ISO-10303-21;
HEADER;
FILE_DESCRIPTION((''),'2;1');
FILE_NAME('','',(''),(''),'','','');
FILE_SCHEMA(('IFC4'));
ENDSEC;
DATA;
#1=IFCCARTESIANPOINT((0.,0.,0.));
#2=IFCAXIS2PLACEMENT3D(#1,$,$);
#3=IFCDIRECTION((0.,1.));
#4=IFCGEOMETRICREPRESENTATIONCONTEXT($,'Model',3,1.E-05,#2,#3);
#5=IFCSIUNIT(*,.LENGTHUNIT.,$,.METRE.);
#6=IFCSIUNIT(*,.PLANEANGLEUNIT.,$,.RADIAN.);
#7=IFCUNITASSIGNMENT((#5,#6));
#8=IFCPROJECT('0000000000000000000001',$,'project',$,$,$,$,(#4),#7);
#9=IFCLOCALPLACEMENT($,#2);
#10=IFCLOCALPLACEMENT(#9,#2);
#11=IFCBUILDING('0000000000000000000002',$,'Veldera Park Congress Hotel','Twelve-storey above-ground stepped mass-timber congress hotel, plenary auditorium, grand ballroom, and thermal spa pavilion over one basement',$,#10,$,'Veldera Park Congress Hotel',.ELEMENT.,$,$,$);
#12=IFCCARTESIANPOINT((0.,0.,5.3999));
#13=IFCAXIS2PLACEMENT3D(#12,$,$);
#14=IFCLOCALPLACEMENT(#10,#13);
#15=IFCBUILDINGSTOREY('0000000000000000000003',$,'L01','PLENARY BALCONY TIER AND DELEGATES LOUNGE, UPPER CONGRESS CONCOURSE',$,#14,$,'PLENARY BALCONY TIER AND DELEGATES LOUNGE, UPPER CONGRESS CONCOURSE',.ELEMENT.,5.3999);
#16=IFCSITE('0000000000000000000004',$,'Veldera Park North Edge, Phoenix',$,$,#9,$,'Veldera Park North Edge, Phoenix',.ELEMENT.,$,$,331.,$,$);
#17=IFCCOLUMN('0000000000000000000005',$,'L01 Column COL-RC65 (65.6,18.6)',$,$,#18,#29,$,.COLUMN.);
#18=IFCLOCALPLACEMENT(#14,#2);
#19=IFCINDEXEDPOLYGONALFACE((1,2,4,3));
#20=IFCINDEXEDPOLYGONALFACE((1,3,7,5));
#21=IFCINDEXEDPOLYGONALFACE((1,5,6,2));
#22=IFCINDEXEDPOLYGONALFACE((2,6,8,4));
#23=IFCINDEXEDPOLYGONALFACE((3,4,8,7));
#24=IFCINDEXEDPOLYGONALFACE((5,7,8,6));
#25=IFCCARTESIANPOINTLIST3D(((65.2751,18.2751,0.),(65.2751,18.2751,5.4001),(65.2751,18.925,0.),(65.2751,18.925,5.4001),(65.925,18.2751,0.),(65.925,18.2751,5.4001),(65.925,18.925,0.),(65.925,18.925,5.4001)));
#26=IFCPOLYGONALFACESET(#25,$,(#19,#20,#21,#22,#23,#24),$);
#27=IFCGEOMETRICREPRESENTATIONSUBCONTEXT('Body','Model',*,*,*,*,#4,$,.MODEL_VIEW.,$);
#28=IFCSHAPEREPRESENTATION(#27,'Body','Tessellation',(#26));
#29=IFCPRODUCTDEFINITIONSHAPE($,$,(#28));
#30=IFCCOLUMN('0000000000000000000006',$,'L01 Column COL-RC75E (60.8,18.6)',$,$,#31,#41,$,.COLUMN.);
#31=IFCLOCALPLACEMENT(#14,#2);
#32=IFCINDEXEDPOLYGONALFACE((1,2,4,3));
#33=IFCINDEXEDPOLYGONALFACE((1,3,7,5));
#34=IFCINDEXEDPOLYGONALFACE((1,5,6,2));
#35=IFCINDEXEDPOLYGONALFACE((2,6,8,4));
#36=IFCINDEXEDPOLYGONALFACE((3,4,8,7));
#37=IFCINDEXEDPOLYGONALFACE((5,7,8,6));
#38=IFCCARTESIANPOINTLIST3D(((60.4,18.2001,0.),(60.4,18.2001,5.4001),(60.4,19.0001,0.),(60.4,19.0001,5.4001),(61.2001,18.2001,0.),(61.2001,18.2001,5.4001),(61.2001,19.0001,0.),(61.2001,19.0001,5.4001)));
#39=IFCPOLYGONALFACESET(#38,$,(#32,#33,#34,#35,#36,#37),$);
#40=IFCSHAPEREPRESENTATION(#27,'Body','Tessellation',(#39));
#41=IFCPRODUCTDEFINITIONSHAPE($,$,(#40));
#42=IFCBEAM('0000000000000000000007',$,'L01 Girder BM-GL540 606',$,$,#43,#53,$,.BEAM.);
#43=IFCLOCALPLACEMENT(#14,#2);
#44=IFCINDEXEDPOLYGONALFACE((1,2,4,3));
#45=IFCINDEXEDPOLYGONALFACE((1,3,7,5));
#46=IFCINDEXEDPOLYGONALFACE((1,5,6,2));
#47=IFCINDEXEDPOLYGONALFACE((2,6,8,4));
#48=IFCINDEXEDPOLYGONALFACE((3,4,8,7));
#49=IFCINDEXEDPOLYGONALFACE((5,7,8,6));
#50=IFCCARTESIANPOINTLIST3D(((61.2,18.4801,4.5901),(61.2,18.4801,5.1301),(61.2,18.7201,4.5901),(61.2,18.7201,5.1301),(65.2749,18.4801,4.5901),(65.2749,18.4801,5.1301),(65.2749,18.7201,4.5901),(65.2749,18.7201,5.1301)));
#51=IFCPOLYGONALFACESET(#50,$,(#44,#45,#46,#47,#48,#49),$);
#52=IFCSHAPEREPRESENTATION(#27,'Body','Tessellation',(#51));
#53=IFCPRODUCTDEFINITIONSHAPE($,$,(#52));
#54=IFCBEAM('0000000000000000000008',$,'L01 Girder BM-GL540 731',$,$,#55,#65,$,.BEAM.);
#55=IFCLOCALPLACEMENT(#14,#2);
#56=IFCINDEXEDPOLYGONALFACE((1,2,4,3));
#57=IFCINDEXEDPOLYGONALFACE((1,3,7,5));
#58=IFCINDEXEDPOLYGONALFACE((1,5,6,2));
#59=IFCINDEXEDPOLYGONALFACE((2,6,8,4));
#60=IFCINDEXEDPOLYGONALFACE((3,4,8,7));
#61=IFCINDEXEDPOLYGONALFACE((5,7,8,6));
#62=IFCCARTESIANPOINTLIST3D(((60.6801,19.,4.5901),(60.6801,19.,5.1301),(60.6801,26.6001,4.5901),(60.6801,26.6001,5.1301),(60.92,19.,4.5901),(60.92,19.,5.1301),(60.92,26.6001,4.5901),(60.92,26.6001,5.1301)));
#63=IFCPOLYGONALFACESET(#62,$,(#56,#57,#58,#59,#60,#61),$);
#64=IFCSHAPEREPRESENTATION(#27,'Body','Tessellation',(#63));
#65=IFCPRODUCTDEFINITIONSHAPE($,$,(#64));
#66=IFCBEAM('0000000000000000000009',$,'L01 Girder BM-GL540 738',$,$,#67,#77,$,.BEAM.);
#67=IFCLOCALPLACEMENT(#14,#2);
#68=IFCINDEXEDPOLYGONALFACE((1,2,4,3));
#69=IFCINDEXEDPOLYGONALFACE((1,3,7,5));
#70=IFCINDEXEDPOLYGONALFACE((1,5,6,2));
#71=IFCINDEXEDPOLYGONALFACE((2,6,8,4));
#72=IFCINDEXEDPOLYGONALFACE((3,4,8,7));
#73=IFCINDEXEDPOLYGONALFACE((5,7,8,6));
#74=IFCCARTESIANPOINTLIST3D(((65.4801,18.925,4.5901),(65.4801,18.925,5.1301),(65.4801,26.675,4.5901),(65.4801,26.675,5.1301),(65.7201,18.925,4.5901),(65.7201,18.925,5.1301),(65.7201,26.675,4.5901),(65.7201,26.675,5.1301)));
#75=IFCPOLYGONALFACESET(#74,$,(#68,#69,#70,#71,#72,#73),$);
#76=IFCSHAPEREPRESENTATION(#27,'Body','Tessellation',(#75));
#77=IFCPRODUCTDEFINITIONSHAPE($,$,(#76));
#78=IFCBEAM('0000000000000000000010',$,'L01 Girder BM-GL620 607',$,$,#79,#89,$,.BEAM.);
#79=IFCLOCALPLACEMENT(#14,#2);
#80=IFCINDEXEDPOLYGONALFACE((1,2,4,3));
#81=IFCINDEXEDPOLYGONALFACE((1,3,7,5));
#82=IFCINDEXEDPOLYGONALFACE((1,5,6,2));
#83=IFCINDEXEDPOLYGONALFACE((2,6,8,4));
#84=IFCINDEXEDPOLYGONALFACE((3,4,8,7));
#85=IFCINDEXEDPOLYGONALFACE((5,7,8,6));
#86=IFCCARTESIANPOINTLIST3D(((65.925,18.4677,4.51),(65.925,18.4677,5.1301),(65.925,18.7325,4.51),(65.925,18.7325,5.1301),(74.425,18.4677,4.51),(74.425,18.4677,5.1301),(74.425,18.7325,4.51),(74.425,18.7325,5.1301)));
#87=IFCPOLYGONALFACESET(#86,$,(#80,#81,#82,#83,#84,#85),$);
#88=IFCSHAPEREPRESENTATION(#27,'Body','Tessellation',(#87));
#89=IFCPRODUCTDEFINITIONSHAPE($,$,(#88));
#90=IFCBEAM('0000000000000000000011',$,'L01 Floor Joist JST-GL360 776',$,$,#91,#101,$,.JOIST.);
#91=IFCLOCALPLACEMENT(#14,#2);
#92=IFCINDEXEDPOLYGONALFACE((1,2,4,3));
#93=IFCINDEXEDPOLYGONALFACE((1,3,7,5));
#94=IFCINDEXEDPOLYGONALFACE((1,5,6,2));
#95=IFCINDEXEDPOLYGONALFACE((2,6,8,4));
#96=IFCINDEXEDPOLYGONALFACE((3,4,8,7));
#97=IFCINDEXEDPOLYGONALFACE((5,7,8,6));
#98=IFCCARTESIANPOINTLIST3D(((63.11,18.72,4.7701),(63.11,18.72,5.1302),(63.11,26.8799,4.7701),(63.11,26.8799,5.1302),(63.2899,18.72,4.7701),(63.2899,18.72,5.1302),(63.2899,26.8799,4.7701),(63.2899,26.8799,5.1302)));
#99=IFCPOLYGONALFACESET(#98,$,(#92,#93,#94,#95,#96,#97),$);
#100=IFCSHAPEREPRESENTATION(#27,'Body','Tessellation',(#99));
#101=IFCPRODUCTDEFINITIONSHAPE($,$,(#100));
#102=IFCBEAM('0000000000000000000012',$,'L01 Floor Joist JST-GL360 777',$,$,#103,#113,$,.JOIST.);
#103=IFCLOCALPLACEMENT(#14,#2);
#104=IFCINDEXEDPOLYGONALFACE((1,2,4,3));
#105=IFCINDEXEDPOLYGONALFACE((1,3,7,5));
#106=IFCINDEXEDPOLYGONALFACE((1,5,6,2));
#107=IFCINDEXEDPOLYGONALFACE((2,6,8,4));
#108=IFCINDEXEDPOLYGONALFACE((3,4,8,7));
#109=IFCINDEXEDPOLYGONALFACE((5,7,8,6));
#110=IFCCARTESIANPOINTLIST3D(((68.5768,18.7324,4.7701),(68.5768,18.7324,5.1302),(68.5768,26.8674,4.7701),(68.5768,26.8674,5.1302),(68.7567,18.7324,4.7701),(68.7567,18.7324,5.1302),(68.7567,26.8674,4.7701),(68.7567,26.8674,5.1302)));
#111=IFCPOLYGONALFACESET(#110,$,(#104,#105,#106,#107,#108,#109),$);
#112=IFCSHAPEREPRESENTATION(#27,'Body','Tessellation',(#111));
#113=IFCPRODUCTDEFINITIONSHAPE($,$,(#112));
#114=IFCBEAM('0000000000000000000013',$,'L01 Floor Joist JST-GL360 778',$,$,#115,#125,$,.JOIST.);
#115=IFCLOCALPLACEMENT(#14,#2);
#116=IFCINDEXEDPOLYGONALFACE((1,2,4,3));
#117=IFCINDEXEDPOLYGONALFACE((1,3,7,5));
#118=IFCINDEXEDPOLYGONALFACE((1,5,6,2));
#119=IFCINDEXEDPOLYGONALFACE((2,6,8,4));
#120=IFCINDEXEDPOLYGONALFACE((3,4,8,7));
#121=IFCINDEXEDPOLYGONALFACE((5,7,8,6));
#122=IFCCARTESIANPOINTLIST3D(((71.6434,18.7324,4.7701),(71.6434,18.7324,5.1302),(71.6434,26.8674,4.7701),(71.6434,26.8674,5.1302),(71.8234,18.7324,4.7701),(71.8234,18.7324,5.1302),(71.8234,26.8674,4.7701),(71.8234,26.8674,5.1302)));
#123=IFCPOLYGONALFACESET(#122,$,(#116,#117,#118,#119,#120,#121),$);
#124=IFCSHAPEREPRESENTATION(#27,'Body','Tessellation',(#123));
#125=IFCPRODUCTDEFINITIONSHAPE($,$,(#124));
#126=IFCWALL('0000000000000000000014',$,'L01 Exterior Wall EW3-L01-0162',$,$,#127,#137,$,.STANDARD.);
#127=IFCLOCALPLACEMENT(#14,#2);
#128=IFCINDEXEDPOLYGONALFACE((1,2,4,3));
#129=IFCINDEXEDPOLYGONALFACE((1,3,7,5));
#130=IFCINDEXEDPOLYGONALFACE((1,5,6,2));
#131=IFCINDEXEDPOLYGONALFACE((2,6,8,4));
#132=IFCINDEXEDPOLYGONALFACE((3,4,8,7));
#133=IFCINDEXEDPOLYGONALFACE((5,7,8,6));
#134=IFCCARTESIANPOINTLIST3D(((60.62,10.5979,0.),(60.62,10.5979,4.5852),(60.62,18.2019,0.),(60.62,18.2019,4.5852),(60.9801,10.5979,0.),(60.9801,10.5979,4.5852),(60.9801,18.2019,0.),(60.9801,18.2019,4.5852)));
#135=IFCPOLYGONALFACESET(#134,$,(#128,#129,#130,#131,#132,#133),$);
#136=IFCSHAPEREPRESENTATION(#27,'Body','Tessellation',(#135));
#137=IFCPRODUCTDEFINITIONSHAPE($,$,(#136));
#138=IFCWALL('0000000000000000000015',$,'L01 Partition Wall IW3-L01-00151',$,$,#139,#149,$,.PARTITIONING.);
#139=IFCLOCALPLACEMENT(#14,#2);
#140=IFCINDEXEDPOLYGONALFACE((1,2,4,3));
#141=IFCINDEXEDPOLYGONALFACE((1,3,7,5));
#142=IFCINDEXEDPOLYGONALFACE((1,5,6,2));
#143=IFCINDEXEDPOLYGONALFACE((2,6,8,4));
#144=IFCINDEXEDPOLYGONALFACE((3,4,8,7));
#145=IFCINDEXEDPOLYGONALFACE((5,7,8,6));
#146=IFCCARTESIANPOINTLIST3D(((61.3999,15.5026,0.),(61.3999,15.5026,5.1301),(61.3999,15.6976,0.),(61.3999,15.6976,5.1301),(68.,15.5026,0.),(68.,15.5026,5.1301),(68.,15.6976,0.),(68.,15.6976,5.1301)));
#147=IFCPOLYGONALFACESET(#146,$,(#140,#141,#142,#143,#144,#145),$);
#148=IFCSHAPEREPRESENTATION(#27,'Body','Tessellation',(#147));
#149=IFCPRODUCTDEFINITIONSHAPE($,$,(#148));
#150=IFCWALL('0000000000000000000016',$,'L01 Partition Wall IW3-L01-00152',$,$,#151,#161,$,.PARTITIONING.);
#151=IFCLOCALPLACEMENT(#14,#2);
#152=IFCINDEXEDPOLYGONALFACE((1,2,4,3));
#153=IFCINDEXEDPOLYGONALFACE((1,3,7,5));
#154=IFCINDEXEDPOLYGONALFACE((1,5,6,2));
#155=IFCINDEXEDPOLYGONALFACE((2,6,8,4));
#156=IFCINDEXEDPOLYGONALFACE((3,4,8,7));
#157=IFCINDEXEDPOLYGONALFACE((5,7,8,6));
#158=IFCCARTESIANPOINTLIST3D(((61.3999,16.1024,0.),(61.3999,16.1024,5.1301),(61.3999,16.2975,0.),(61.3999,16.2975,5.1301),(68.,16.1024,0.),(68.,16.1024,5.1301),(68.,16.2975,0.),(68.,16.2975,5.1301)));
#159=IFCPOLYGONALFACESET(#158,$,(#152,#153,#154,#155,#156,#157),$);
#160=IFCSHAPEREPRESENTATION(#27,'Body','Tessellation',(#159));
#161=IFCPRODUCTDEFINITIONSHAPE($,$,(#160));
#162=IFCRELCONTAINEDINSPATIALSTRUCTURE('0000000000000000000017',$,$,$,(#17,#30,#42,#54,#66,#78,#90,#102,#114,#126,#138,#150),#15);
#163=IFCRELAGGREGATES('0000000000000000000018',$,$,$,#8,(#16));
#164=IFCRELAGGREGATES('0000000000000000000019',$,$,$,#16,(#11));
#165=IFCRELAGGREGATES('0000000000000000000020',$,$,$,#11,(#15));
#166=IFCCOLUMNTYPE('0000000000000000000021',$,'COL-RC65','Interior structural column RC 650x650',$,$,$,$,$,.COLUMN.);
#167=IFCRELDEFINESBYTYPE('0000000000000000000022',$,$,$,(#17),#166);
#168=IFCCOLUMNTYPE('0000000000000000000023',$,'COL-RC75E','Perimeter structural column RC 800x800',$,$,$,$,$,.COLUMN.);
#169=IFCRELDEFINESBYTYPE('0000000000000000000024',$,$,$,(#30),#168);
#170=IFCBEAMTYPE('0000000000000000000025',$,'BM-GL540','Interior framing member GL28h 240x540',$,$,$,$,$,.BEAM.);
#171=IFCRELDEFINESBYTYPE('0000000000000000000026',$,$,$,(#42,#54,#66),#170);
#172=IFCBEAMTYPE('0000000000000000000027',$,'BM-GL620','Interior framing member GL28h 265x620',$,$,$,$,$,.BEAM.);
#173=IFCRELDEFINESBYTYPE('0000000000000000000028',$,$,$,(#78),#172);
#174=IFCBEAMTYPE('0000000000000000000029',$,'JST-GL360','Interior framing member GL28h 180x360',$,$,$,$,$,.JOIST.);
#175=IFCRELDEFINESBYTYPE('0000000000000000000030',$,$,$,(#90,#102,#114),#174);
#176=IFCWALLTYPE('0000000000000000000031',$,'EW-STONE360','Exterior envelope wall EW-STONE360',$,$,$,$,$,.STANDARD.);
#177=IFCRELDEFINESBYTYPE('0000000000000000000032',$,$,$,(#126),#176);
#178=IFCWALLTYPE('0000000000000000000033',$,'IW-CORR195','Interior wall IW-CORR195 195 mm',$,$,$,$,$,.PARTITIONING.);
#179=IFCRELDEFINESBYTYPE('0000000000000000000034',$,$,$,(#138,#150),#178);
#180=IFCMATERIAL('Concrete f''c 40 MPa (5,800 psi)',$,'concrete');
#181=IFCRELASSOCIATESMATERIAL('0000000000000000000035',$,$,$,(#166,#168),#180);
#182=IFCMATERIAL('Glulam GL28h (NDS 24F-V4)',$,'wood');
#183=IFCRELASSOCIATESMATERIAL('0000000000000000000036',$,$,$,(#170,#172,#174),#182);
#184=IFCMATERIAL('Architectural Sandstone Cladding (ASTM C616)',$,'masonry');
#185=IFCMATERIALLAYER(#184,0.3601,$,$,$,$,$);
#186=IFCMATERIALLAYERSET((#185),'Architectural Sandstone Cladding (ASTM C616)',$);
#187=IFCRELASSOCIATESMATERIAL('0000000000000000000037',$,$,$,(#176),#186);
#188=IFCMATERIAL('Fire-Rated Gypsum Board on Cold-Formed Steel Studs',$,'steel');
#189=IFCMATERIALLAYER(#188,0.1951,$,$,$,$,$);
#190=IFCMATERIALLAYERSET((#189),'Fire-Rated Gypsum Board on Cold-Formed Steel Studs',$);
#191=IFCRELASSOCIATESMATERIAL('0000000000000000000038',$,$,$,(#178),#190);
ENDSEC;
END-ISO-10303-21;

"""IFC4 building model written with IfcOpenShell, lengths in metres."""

from ifc_helpers import new_model, si_unit, direction, frame, frame_2d, origin, origin_2d, place, context, subcontext, project, spatial, rectangle, extrude, material, layer, layer_set, material_profile, profile_set, type_object, element, save


model = new_model("IFC4")

# Units and contexts
model_context = context("Model", 3, precision=1e-05, world=origin(), true_north=direction((0.0, 1.0)))
body_context = subcontext(model_context, "Body", "Model", "MODEL_VIEW")
ifc_project = project(units=[si_unit("LENGTHUNIT", "METRE"), si_unit("PLANEANGLEUNIT", "RADIAN")], contexts=[model_context])

# Site, building, storey
site_placement = place(None, origin())
site = spatial("IfcSite", under=ifc_project, at=site_placement, Name="Veldera Park North Edge, Phoenix", LongName="Veldera Park North Edge, Phoenix", CompositionType="ELEMENT", RefElevation=331.0)
building_placement = place(site_placement, origin())
building = spatial("IfcBuilding", under=site, at=building_placement, Name="Veldera Park Congress Hotel", Description="Twelve-storey above-ground stepped mass-timber congress hotel, plenary auditorium, grand ballroom, and thermal spa pavilion over one basement", LongName="Veldera Park Congress Hotel", CompositionType="ELEMENT")
storey_placement = place(building_placement, frame((0.0, 0.0, 5.3999)))
storey = spatial("IfcBuildingStorey", under=building, at=storey_placement, Name="L01", Description="PLENARY BALCONY TIER AND DELEGATES LOUNGE, UPPER CONGRESS CONCOURSE", LongName="PLENARY BALCONY TIER AND DELEGATES LOUNGE, UPPER CONGRESS CONCOURSE", CompositionType="ELEMENT", Elevation=5.3999)

# Columns
ifc_material_1 = material(Name="Concrete f'c 40 MPa (5,800 psi)", Category="concrete")
ifc_material_profile_1 = material_profile(ifc_material_1, rectangle(XDim=0.6499, YDim=0.6499, at=origin_2d()), Name="RC 650x650")
ifc_profile_set_1 = profile_set([ifc_material_profile_1], Name="Concrete f'c 40 MPa (5,800 psi)")
column_type_1 = type_object("IfcColumnType", Name="COL-RC65", Description="Interior structural column RC 650x650", PredefinedType="COLUMN", material=ifc_profile_set_1)
column_1_placement = place(storey_placement, frame((65.6001, 18.6001, 0.0), z_axis=(0.0, 0.0, 1.0), x_axis=(1.0, 0.0, 0.0)))
element("IfcColumn", 1, at=column_1_placement, inside=storey, type_object=column_type_1, Name="L01 Column COL-RC65 (65.6,18.6)", PredefinedType="COLUMN", context=body_context, shape_type="SweptSolid", body=[
    extrude(rectangle(XDim=0.6499, YDim=0.6499, at=origin_2d()), origin(), (0.0, 0.0, 1.0), 5.4001),
])
ifc_material_profile_2 = material_profile(ifc_material_1, rectangle(XDim=0.8, YDim=0.8, at=origin_2d()), Name="RC 800x800")
ifc_profile_set_2 = profile_set([ifc_material_profile_2], Name="Concrete f'c 40 MPa (5,800 psi)")
column_type_2 = type_object("IfcColumnType", Name="COL-RC75E", Description="Perimeter structural column RC 800x800", PredefinedType="COLUMN", material=ifc_profile_set_2)
column_2_placement = place(storey_placement, frame((60.8, 18.6001, 0.0), z_axis=(0.0, 0.0, 1.0), x_axis=(1.0, 0.0, 0.0)))
element("IfcColumn", 2, at=column_2_placement, inside=storey, type_object=column_type_2, Name="L01 Column COL-RC75E (60.8,18.6)", PredefinedType="COLUMN", context=body_context, shape_type="SweptSolid", body=[
    extrude(rectangle(XDim=0.8, YDim=0.8, at=origin_2d()), origin(), (0.0, 0.0, 1.0), 5.4001),
])

# Beams
ifc_material_2 = material(Name="Glulam GL28h (NDS 24F-V4)", Category="wood")
ifc_material_profile_3 = material_profile(ifc_material_2, rectangle(XDim=0.24, YDim=0.54, at=origin_2d()), Name="GL28h 240x540")
ifc_profile_set_3 = profile_set([ifc_material_profile_3], Name="Glulam GL28h (NDS 24F-V4)")
beam_type_1 = type_object("IfcBeamType", Name="BM-GL540", Description="Interior framing member GL28h 240x540", PredefinedType="BEAM", material=ifc_profile_set_3)
beam_1_placement = place(storey_placement, frame((61.2, 18.6001, 4.8601), z_axis=(1.0, 0.0, 0.0), x_axis=(0.0, 1.0, 0.0)))
element("IfcBeam", 3, at=beam_1_placement, inside=storey, type_object=beam_type_1, Name="L01 Girder BM-GL540 606", PredefinedType="BEAM", context=body_context, shape_type="SweptSolid", body=[
    extrude(rectangle(XDim=0.24, YDim=0.54, at=origin_2d()), origin(), (0.0, 0.0, 1.0), 4.075),
])
beam_2_placement = place(storey_placement, frame((60.8, 19.0, 4.8601), z_axis=(0.0, 1.0, 0.0), x_axis=(-1.0, 0.0, 0.0)))
element("IfcBeam", 4, at=beam_2_placement, inside=storey, type_object=beam_type_1, Name="L01 Girder BM-GL540 731", PredefinedType="BEAM", context=body_context, shape_type="SweptSolid", body=[
    extrude(rectangle(XDim=0.24, YDim=0.54, at=origin_2d()), origin(), (0.0, 0.0, 1.0), 7.6001),
])
beam_3_placement = place(storey_placement, frame((65.6001, 18.925, 4.8601), z_axis=(0.0, 1.0, 0.0), x_axis=(-1.0, 0.0, 0.0)))
element("IfcBeam", 5, at=beam_3_placement, inside=storey, type_object=beam_type_1, Name="L01 Girder BM-GL540 738", PredefinedType="BEAM", context=body_context, shape_type="SweptSolid", body=[
    extrude(rectangle(XDim=0.24, YDim=0.54, at=origin_2d()), origin(), (0.0, 0.0, 1.0), 7.75),
])
ifc_material_profile_4 = material_profile(ifc_material_2, rectangle(XDim=0.2649, YDim=0.6201, at=origin_2d()), Name="GL28h 265x620")
ifc_profile_set_4 = profile_set([ifc_material_profile_4], Name="Glulam GL28h (NDS 24F-V4)")
beam_type_2 = type_object("IfcBeamType", Name="BM-GL620", Description="Interior framing member GL28h 265x620", PredefinedType="BEAM", material=ifc_profile_set_4)
beam_4_placement = place(storey_placement, frame((65.925, 18.6001, 4.8201), z_axis=(1.0, 0.0, 0.0), x_axis=(0.0, 1.0, 0.0)))
element("IfcBeam", 6, at=beam_4_placement, inside=storey, type_object=beam_type_2, Name="L01 Girder BM-GL620 607", PredefinedType="BEAM", context=body_context, shape_type="SweptSolid", body=[
    extrude(rectangle(XDim=0.2649, YDim=0.6201, at=origin_2d()), origin(), (0.0, 0.0, 1.0), 8.5),
])
ifc_material_profile_5 = material_profile(ifc_material_2, rectangle(XDim=0.1799, YDim=0.3601, at=origin_2d()), Name="GL28h 180x360")
ifc_profile_set_5 = profile_set([ifc_material_profile_5], Name="Glulam GL28h (NDS 24F-V4)")
beam_type_3 = type_object("IfcBeamType", Name="JST-GL360", Description="Interior framing member GL28h 180x360", PredefinedType="JOIST", material=ifc_profile_set_5)
beam_5_placement = place(storey_placement, frame((63.2, 18.72, 4.9502), z_axis=(0.0, 1.0, 0.0), x_axis=(-1.0, 0.0, 0.0)))
element("IfcBeam", 7, at=beam_5_placement, inside=storey, type_object=beam_type_3, Name="L01 Floor Joist JST-GL360 776", PredefinedType="JOIST", context=body_context, shape_type="SweptSolid", body=[
    extrude(rectangle(XDim=0.1799, YDim=0.3601, at=origin_2d()), origin(), (0.0, 0.0, 1.0), 8.1599),
])
for number, where, z_axis, x_axis, name in (
    (8, (68.6667, 18.7324, 4.9502), (0.0, 1.0, 0.0), (-1.0, 0.0, 0.0), "L01 Floor Joist JST-GL360 777"),
    (9, (71.7334, 18.7324, 4.9502), (0.0, 1.0, 0.0), (-1.0, 0.0, 0.0), "L01 Floor Joist JST-GL360 778"),
):
    element("IfcBeam", number, at=place(storey_placement, frame(where, z_axis=z_axis, x_axis=x_axis)), inside=storey, type_object=beam_type_3, Name=name, PredefinedType="JOIST", context=body_context, shape_type="SweptSolid", body=[
        extrude(rectangle(XDim=0.1799, YDim=0.3601, at=origin_2d()), origin(), (0.0, 0.0, 1.0), 8.135),
    ])

# Walls
ifc_material_3 = material(Name="Architectural Sandstone Cladding (ASTM C616)", Category="masonry")
ifc_layer_1 = layer(ifc_material_3, 0.3601)
ifc_layer_set_1 = layer_set([ifc_layer_1], Name="Architectural Sandstone Cladding (ASTM C616)")
wall_type_1 = type_object("IfcWallType", Name="EW-STONE360", Description="Exterior envelope wall EW-STONE360", PredefinedType="STANDARD", material=ifc_layer_set_1)
wall_1_placement = place(storey_placement, frame((60.8, 18.2019, 0.0), z_axis=(0.0, 0.0, 1.0), x_axis=(0.0, -1.0, 0.0)))
element("IfcWall", 10, at=wall_1_placement, inside=storey, type_object=wall_type_1, Name="L01 Exterior Wall EW3-L01-0162", PredefinedType="STANDARD", context=body_context, shape_type="SweptSolid", body=[
    extrude(rectangle(XDim=7.604, YDim=0.3601, at=frame_2d((3.802, 0.0))), origin(), (0.0, 0.0, 1.0), 4.5852),
])
ifc_material_4 = material(Name="Fire-Rated Gypsum Board on Cold-Formed Steel Studs", Category="steel")
ifc_layer_2 = layer(ifc_material_4, 0.1951)
ifc_layer_set_2 = layer_set([ifc_layer_2], Name="Fire-Rated Gypsum Board on Cold-Formed Steel Studs")
wall_type_2 = type_object("IfcWallType", Name="IW-CORR195", Description="Interior wall IW-CORR195 195 mm", PredefinedType="PARTITIONING", material=ifc_layer_set_2)
for number, where, z_axis, x_axis, name in (
    (11, (68.0, 15.6001, 0.0), (0.0, 0.0, 1.0), (-1.0, 0.0, 0.0), "L01 Partition Wall IW3-L01-00151"),
    (12, (61.3999, 16.2, 0.0), (0.0, 0.0, 1.0), (1.0, 0.0, 0.0), "L01 Partition Wall IW3-L01-00152"),
):
    element("IfcWall", number, at=place(storey_placement, frame(where, z_axis=z_axis, x_axis=x_axis)), inside=storey, type_object=wall_type_2, Name=name, PredefinedType="PARTITIONING", context=body_context, shape_type="SweptSolid", body=[
        extrude(rectangle(XDim=6.6001, YDim=0.1951, at=frame_2d((3.3, 0.0))), origin(), (0.0, 0.0, 1.0), 5.1301),
    ])

save(model, "model.ifc")
